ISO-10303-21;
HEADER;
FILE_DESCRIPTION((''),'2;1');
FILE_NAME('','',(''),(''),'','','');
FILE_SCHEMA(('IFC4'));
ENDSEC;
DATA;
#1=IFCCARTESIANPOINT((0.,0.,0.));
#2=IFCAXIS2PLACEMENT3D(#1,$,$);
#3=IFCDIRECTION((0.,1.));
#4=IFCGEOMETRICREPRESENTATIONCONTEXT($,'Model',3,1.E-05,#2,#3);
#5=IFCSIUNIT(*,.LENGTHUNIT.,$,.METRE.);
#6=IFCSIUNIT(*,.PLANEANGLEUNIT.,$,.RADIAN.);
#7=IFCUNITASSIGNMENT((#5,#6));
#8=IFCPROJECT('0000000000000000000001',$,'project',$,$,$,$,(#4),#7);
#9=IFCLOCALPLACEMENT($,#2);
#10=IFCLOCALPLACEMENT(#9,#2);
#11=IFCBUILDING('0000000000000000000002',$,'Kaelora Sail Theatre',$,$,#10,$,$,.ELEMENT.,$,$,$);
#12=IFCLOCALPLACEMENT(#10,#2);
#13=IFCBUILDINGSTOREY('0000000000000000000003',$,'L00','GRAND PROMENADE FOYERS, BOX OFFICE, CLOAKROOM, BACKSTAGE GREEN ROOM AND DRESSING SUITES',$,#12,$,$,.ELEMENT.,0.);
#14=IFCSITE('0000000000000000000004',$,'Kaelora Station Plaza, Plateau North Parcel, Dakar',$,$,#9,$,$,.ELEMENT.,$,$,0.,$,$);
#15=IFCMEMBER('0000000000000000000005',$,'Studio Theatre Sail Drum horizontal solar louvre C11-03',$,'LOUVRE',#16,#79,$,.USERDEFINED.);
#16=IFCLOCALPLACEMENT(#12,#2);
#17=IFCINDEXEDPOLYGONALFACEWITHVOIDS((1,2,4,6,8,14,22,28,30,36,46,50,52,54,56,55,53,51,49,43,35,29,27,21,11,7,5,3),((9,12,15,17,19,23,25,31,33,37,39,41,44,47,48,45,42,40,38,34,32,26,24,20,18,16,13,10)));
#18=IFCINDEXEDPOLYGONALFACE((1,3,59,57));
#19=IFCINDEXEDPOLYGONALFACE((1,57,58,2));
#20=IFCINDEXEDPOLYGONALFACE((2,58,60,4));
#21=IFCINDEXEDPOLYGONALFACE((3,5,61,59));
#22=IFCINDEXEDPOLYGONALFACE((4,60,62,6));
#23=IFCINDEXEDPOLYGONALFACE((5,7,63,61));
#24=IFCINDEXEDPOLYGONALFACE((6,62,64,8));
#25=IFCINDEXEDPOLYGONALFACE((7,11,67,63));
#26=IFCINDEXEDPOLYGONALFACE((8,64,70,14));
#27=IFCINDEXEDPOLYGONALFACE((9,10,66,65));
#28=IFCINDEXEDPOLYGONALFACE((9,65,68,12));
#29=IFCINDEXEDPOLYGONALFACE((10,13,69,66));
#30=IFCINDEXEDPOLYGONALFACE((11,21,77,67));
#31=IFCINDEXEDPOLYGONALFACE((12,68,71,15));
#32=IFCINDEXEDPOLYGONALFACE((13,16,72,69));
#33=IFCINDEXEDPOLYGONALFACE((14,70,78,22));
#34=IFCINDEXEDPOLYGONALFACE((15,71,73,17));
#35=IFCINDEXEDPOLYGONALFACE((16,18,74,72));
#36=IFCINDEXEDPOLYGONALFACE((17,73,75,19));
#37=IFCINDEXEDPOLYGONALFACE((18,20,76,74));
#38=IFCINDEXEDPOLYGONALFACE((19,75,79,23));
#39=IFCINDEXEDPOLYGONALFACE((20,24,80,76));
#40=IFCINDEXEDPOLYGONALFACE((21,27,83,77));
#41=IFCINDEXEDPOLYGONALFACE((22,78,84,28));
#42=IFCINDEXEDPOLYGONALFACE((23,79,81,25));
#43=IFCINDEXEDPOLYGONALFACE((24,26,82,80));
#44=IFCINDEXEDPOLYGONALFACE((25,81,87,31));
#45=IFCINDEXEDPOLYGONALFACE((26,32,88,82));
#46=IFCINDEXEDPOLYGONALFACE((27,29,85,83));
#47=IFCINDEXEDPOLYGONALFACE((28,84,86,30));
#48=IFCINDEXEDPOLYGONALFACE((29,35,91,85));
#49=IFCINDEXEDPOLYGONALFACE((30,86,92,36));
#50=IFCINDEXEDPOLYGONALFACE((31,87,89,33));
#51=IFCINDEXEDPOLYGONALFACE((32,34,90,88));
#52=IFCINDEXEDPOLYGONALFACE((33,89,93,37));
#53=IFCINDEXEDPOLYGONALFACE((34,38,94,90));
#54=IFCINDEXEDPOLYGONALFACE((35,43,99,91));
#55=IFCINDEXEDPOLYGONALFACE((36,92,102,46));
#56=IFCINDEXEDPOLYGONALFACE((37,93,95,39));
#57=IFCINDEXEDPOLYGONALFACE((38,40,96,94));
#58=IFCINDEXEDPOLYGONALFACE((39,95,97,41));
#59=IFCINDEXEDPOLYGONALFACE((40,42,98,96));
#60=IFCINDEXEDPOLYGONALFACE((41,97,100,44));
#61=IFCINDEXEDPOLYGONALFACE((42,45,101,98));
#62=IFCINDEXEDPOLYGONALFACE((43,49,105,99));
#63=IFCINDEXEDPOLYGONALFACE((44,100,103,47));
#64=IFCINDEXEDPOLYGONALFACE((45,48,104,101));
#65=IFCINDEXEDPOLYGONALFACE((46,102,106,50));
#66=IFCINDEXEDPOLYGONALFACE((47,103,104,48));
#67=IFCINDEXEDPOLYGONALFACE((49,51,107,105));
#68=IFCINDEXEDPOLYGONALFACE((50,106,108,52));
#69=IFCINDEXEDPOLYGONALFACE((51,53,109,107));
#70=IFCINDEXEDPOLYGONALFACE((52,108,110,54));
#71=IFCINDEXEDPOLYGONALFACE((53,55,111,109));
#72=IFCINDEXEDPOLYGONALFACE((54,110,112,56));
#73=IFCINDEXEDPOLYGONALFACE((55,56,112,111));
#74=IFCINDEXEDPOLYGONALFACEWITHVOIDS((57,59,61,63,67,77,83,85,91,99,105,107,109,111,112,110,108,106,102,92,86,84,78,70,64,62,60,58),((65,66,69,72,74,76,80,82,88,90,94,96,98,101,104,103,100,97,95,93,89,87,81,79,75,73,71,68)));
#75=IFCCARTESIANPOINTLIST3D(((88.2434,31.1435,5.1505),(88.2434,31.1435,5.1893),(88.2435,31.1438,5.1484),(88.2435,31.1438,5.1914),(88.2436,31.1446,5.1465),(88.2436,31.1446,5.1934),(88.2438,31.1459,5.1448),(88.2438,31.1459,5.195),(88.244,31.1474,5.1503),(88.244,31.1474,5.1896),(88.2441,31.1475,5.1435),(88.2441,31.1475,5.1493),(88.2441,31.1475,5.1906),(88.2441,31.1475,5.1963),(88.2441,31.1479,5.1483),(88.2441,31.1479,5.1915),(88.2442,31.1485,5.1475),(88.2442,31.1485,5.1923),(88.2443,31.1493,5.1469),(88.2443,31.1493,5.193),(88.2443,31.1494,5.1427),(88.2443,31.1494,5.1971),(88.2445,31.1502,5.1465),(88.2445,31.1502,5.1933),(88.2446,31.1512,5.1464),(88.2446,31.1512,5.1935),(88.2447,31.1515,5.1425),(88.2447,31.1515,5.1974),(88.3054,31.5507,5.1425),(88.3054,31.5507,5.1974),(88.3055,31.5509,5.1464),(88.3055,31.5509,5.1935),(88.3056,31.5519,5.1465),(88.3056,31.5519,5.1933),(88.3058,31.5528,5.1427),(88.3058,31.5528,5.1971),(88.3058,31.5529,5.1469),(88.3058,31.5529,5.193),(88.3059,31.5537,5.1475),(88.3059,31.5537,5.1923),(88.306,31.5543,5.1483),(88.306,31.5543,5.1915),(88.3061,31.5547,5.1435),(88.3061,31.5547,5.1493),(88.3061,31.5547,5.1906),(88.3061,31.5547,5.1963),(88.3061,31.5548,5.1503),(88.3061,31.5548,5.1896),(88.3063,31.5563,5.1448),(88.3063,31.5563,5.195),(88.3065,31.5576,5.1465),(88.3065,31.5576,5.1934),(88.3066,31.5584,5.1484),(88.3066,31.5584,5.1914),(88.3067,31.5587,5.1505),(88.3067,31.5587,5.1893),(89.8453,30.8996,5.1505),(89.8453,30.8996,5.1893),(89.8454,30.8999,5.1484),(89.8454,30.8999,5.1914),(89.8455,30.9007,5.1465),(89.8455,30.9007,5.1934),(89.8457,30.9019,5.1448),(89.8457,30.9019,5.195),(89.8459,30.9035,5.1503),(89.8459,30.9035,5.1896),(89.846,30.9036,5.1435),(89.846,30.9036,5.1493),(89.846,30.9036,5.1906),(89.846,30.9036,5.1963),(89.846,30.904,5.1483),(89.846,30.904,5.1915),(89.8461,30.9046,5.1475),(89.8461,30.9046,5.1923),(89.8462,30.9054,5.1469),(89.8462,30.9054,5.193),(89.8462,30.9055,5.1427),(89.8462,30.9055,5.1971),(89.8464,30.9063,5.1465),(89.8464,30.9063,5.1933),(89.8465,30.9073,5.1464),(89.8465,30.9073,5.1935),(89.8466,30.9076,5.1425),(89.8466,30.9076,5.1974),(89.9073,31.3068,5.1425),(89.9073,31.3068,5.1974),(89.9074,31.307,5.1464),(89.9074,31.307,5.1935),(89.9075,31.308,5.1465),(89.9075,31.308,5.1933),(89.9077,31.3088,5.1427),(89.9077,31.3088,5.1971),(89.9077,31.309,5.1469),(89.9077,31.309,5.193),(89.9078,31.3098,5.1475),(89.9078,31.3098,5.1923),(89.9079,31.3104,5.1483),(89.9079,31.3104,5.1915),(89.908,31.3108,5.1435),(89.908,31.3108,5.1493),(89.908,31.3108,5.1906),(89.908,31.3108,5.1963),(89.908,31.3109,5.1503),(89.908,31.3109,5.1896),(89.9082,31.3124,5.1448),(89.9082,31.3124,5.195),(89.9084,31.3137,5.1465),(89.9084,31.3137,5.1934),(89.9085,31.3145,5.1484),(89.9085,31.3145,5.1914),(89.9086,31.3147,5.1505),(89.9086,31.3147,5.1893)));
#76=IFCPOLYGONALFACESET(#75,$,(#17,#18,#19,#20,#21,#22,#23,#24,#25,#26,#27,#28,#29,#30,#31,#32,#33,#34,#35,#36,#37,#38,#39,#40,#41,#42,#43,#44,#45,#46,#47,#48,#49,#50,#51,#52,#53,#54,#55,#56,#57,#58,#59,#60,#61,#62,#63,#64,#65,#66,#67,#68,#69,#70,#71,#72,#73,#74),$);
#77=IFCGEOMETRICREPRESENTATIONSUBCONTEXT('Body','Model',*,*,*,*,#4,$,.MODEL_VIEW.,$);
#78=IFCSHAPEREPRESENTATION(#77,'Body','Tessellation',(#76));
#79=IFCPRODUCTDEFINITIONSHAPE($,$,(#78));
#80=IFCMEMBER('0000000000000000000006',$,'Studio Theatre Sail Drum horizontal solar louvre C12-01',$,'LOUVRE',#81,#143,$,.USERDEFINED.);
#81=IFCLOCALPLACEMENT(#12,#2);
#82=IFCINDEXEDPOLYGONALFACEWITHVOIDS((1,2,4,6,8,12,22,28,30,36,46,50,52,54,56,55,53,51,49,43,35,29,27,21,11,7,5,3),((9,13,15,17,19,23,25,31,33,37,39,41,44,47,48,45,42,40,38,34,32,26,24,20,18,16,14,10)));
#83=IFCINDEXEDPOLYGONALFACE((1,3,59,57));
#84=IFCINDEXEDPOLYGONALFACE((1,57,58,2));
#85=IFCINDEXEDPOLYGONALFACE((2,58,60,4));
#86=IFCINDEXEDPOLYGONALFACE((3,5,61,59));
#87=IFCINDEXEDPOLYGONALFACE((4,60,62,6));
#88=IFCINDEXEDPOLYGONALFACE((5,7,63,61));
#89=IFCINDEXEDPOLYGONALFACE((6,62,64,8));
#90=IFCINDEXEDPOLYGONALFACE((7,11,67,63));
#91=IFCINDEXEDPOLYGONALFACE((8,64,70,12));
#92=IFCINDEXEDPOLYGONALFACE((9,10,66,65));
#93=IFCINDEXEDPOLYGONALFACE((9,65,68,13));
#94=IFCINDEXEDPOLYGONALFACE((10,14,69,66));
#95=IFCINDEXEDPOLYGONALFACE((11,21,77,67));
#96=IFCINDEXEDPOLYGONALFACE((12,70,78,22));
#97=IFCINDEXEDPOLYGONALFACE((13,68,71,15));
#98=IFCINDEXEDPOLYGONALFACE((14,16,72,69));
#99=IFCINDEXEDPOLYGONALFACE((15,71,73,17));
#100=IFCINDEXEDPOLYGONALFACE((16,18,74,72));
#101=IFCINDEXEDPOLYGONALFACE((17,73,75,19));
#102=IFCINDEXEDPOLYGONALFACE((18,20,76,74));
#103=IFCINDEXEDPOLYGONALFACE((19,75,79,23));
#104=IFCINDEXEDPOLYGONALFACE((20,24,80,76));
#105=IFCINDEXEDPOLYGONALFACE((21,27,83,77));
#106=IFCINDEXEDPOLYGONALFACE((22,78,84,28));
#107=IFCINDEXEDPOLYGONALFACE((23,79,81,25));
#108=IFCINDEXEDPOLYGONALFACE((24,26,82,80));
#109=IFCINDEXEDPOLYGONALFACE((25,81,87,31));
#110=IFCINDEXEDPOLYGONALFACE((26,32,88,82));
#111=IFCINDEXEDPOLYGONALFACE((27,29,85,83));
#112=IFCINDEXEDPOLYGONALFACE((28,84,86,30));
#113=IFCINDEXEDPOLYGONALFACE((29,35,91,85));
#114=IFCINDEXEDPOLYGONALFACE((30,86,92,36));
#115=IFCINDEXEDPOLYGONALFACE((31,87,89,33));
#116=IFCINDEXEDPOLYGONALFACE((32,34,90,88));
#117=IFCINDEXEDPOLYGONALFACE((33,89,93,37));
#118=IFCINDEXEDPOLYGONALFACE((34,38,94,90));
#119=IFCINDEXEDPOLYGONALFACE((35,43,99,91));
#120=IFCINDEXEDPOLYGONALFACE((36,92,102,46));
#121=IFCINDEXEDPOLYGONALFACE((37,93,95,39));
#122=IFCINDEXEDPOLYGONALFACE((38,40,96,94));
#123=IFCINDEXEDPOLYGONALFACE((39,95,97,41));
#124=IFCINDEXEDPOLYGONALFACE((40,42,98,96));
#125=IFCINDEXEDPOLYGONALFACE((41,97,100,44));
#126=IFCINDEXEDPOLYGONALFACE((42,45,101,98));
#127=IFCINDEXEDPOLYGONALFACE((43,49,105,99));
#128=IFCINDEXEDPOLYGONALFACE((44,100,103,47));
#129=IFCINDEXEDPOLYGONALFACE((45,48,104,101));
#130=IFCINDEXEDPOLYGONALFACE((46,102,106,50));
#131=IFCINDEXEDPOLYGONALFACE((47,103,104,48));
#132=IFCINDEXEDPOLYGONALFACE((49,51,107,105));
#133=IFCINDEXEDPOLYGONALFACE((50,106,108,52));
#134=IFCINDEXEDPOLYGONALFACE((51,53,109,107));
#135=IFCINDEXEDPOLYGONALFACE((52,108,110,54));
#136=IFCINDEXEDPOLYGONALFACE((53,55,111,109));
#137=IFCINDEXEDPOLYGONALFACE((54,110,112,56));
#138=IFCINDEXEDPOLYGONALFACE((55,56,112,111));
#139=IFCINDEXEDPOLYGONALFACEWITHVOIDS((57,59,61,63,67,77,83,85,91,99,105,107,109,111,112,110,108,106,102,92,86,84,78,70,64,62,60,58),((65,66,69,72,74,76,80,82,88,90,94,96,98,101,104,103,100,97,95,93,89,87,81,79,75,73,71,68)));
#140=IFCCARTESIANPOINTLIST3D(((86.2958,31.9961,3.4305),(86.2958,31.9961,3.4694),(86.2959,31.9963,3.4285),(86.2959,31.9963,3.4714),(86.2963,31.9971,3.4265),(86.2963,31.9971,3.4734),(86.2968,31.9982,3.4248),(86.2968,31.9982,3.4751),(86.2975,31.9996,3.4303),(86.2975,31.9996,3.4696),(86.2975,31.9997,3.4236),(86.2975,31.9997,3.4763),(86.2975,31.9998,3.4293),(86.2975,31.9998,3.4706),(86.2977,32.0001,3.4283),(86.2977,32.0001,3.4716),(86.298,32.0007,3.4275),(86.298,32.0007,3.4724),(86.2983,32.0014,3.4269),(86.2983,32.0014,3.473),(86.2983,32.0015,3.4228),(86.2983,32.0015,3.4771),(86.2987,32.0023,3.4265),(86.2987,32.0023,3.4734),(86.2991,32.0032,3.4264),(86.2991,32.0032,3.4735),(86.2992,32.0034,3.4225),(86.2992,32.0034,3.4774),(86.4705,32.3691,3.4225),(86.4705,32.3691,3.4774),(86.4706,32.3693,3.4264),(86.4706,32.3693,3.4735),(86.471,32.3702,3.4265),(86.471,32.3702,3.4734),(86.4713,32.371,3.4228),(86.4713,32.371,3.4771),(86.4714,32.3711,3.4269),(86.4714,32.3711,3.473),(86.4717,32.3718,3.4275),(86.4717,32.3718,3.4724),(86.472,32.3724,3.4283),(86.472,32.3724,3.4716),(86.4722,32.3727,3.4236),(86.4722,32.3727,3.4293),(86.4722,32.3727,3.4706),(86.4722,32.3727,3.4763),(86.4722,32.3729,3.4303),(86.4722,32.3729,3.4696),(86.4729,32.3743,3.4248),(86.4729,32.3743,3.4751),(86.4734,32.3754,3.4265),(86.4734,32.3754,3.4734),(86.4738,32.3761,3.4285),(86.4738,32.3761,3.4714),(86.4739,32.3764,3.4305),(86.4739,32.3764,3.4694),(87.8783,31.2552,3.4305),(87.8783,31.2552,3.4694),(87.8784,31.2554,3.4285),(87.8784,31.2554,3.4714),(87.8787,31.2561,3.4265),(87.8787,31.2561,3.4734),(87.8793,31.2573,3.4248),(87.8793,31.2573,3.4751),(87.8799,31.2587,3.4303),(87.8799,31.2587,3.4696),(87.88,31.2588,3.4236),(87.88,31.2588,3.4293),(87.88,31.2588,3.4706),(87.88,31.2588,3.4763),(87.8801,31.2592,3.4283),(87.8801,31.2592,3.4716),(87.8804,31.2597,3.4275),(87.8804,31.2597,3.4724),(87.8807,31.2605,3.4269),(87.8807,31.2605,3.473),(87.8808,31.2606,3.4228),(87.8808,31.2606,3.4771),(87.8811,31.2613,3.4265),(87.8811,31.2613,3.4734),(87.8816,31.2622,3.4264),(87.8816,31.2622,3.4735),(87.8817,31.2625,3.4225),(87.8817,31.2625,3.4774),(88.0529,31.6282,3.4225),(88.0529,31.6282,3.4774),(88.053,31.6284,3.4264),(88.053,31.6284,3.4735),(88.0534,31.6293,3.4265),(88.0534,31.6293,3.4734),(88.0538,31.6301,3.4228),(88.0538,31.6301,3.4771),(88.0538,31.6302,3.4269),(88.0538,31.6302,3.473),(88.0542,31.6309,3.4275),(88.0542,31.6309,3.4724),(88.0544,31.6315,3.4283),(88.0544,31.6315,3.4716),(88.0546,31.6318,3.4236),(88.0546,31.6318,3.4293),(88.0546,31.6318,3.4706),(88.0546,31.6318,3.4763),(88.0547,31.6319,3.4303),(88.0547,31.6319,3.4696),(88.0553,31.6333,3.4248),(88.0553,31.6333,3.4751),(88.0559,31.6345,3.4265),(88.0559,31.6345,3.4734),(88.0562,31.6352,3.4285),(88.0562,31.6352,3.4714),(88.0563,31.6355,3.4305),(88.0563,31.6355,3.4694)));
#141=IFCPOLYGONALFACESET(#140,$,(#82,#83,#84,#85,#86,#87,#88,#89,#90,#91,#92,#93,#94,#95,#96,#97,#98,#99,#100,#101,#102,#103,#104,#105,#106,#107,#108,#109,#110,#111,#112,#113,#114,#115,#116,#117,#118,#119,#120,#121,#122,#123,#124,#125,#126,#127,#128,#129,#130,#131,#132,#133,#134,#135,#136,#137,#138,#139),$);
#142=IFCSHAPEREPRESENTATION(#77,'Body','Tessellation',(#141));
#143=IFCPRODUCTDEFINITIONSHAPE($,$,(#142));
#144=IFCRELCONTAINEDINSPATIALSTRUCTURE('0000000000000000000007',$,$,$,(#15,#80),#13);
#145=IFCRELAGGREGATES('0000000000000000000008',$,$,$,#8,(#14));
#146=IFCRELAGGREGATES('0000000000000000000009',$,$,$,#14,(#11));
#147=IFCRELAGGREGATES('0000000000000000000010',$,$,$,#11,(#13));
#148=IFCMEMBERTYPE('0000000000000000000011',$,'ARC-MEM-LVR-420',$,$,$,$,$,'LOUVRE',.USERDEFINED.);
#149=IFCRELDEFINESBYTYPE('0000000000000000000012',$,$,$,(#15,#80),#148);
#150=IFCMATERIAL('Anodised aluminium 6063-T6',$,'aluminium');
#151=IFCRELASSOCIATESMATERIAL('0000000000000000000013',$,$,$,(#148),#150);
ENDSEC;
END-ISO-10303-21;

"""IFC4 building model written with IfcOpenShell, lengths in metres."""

from ifc_helpers import new_model, si_unit, direction, frame, origin, origin_2d, place, context, subcontext, project, spatial, hollow_rectangle, extrude, material, material_profile, profile_set, type_object, element, save


model = new_model("IFC4")

# Units and contexts
model_context = context("Model", 3, precision=1e-05, world=origin(), true_north=direction((0.0, 1.0)))
body_context = subcontext(model_context, "Body", "Model", "MODEL_VIEW")
ifc_project = project(units=[si_unit("LENGTHUNIT", "METRE"), si_unit("PLANEANGLEUNIT", "RADIAN")], contexts=[model_context])

# Site, building, storey
site_placement = place(None, origin())
site = spatial("IfcSite", under=ifc_project, at=site_placement, Name="Kaelora Station Plaza, Plateau North Parcel, Dakar", CompositionType="ELEMENT", RefElevation=0.0)
building_placement = place(site_placement, origin())
building = spatial("IfcBuilding", under=site, at=building_placement, Name="Kaelora Sail Theatre", CompositionType="ELEMENT")
storey_placement = place(building_placement, origin())
storey = spatial("IfcBuildingStorey", under=building, at=storey_placement, Name="L00", Description="GRAND PROMENADE FOYERS, BOX OFFICE, CLOAKROOM, BACKSTAGE GREEN ROOM AND DRESSING SUITES", CompositionType="ELEMENT", Elevation=0.0)

# Members
ifc_material_1 = material(Name="Anodised aluminium 6063-T6", Category="aluminium")
ifc_material_profile_1 = material_profile(ifc_material_1, hollow_rectangle(XDim=0.4199, YDim=0.0549, WallThickness=0.0039, InnerFilletRadius=0.0039, OuterFilletRadius=0.0081, at=origin_2d()), Name="LOUVRE 420x55x4")
ifc_profile_set_1 = profile_set([ifc_material_profile_1], Name="Anodised aluminium 6063-T6")
member_type_1 = type_object("IfcMemberType", Name="ARC-MEM-LVR-420", ElementType="LOUVRE", PredefinedType="USERDEFINED", material=ifc_profile_set_1)
for number, where, z_axis, x_axis, name in (
    (1, (89.877, 31.1072, 5.1699), (-0.988606, 0.150528, 0.0), (-0.150528, -0.988606, 0.0), "Studio Theatre Sail Drum horizontal solar louvre C11-03"),
):
    element("IfcMember", number, at=place(storey_placement, frame(where, z_axis=z_axis, x_axis=x_axis)), inside=storey, type_object=member_type_1, Name=name, ObjectType="LOUVRE", PredefinedType="USERDEFINED", context=body_context, shape_type="SweptSolid", body=[
        extrude(hollow_rectangle(XDim=0.4199, YDim=0.0549, WallThickness=0.0039, InnerFilletRadius=0.0039, OuterFilletRadius=0.0081, at=origin_2d()), origin(), (0.0, 0.0, 1.0), 1.6204),
    ])
for number, where, z_axis, x_axis, name in (
    (2, (87.9673, 31.4453, 3.45), (-0.905643, 0.42404, 0.0), (-0.42404, -0.905643, 0.0), "Studio Theatre Sail Drum horizontal solar louvre C12-01"),
):
    element("IfcMember", number, at=place(storey_placement, frame(where, z_axis=z_axis, x_axis=x_axis)), inside=storey, type_object=member_type_1, Name=name, ObjectType="LOUVRE", PredefinedType="USERDEFINED", context=body_context, shape_type="SweptSolid", body=[
        extrude(hollow_rectangle(XDim=0.4199, YDim=0.0549, WallThickness=0.0039, InnerFilletRadius=0.0039, OuterFilletRadius=0.0081, at=origin_2d()), origin(), (0.0, 0.0, 1.0), 1.7473),
    ])

save(model, "model.ifc")
